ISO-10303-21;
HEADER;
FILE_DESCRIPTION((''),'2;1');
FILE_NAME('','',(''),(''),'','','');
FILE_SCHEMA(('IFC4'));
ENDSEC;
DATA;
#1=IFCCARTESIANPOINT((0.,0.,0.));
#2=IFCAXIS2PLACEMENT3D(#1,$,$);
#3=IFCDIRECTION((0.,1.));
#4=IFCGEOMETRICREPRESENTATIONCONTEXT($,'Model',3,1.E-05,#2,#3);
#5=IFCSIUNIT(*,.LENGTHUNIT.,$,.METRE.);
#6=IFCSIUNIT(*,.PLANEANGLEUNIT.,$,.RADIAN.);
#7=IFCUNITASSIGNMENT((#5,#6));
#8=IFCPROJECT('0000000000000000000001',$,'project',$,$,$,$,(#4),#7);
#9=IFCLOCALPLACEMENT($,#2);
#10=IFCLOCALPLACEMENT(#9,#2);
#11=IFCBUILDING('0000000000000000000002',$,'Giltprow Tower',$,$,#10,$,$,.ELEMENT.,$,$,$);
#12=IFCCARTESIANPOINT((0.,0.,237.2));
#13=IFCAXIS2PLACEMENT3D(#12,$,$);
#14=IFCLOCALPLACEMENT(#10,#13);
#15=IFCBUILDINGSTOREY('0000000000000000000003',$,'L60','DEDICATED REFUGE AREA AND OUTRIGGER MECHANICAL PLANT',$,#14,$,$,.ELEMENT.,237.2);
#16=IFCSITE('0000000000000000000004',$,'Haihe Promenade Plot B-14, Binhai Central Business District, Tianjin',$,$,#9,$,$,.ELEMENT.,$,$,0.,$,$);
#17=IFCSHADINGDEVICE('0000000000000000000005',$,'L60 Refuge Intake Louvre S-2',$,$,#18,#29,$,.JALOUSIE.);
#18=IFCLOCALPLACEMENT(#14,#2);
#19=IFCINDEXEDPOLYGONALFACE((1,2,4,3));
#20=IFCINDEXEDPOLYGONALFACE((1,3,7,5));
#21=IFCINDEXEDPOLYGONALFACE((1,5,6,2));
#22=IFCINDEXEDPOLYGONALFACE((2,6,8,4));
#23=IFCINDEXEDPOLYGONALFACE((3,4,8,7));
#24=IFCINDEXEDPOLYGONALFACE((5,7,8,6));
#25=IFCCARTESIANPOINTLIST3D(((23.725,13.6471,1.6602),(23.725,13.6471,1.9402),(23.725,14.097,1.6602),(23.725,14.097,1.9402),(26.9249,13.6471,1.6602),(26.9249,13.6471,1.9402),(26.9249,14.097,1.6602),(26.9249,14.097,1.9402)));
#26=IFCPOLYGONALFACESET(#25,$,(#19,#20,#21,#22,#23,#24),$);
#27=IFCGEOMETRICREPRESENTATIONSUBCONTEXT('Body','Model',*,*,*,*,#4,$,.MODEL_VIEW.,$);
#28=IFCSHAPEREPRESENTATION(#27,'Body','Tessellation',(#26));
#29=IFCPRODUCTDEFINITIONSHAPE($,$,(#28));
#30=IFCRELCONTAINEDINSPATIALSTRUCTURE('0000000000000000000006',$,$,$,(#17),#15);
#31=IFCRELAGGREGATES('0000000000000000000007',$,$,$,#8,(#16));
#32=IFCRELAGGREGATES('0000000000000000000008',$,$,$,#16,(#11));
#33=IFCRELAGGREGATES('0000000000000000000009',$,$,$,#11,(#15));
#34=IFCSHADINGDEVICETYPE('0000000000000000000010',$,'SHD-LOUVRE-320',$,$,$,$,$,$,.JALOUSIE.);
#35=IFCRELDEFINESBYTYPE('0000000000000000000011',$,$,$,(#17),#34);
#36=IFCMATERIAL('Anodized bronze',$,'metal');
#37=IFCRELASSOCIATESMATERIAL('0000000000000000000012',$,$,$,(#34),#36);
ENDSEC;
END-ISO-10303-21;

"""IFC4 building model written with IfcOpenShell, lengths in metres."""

from ifc_helpers import new_model, si_unit, direction, frame, origin, origin_2d, place, context, subcontext, project, spatial, rectangle, extrude, source, transform, mapped, material, type_object, element, save


model = new_model("IFC4")

# Units and contexts
model_context = context("Model", 3, precision=1e-05, world=origin(), true_north=direction((0.0, 1.0)))
body_context = subcontext(model_context, "Body", "Model", "MODEL_VIEW")
ifc_project = project(units=[si_unit("LENGTHUNIT", "METRE"), si_unit("PLANEANGLEUNIT", "RADIAN")], contexts=[model_context])

# Site, building, storey
site_placement = place(None, origin())
site = spatial("IfcSite", under=ifc_project, at=site_placement, Name="Haihe Promenade Plot B-14, Binhai Central Business District, Tianjin", CompositionType="ELEMENT", RefElevation=0.0)
building_placement = place(site_placement, origin())
building = spatial("IfcBuilding", under=site, at=building_placement, Name="Giltprow Tower", CompositionType="ELEMENT")
storey_placement = place(building_placement, frame((0.0, 0.0, 237.2)))
storey = spatial("IfcBuildingStorey", under=building, at=storey_placement, Name="L60", Description="DEDICATED REFUGE AREA AND OUTRIGGER MECHANICAL PLANT", CompositionType="ELEMENT", Elevation=237.2)

# Shared definitions
ifc_material_1 = material(Name="Anodized bronze", Category="metal")

# Shading device
shading_device_type = type_object("IfcShadingDeviceType", Name="SHD-LOUVRE-320", PredefinedType="JALOUSIE", material=ifc_material_1)
shared_shape_1 = source(origin(), body_context, "Body", "SweptSolid", [
    extrude(rectangle(XDim=3.2, YDim=0.45, at=origin_2d()), origin(), (0.0, 0.0, 1.0), 0.28),
])
for number, where, z_axis, x_axis, name in (
    (1, (25.325, 13.8721, 1.6602), (0.0, 0.0, 1.0), (1.0, 0.0, 0.0), "L60 Refuge Intake Louvre S-2"),
):
    element("IfcShadingDevice", number, at=place(storey_placement, frame(where, z_axis=z_axis, x_axis=x_axis)), inside=storey, type_object=shading_device_type, Name=name, PredefinedType="JALOUSIE", context=body_context, shape_type="MappedRepresentation", body=[
        mapped(shared_shape_1, transform((0.0, 0.0, 0.0), x_axis=(1.0, 0.0, 0.0), y_axis=(0.0, 1.0, 0.0), z_axis=(0.0, 0.0, 1.0), scale=1.0)),
    ])

save(model, "model.ifc")
